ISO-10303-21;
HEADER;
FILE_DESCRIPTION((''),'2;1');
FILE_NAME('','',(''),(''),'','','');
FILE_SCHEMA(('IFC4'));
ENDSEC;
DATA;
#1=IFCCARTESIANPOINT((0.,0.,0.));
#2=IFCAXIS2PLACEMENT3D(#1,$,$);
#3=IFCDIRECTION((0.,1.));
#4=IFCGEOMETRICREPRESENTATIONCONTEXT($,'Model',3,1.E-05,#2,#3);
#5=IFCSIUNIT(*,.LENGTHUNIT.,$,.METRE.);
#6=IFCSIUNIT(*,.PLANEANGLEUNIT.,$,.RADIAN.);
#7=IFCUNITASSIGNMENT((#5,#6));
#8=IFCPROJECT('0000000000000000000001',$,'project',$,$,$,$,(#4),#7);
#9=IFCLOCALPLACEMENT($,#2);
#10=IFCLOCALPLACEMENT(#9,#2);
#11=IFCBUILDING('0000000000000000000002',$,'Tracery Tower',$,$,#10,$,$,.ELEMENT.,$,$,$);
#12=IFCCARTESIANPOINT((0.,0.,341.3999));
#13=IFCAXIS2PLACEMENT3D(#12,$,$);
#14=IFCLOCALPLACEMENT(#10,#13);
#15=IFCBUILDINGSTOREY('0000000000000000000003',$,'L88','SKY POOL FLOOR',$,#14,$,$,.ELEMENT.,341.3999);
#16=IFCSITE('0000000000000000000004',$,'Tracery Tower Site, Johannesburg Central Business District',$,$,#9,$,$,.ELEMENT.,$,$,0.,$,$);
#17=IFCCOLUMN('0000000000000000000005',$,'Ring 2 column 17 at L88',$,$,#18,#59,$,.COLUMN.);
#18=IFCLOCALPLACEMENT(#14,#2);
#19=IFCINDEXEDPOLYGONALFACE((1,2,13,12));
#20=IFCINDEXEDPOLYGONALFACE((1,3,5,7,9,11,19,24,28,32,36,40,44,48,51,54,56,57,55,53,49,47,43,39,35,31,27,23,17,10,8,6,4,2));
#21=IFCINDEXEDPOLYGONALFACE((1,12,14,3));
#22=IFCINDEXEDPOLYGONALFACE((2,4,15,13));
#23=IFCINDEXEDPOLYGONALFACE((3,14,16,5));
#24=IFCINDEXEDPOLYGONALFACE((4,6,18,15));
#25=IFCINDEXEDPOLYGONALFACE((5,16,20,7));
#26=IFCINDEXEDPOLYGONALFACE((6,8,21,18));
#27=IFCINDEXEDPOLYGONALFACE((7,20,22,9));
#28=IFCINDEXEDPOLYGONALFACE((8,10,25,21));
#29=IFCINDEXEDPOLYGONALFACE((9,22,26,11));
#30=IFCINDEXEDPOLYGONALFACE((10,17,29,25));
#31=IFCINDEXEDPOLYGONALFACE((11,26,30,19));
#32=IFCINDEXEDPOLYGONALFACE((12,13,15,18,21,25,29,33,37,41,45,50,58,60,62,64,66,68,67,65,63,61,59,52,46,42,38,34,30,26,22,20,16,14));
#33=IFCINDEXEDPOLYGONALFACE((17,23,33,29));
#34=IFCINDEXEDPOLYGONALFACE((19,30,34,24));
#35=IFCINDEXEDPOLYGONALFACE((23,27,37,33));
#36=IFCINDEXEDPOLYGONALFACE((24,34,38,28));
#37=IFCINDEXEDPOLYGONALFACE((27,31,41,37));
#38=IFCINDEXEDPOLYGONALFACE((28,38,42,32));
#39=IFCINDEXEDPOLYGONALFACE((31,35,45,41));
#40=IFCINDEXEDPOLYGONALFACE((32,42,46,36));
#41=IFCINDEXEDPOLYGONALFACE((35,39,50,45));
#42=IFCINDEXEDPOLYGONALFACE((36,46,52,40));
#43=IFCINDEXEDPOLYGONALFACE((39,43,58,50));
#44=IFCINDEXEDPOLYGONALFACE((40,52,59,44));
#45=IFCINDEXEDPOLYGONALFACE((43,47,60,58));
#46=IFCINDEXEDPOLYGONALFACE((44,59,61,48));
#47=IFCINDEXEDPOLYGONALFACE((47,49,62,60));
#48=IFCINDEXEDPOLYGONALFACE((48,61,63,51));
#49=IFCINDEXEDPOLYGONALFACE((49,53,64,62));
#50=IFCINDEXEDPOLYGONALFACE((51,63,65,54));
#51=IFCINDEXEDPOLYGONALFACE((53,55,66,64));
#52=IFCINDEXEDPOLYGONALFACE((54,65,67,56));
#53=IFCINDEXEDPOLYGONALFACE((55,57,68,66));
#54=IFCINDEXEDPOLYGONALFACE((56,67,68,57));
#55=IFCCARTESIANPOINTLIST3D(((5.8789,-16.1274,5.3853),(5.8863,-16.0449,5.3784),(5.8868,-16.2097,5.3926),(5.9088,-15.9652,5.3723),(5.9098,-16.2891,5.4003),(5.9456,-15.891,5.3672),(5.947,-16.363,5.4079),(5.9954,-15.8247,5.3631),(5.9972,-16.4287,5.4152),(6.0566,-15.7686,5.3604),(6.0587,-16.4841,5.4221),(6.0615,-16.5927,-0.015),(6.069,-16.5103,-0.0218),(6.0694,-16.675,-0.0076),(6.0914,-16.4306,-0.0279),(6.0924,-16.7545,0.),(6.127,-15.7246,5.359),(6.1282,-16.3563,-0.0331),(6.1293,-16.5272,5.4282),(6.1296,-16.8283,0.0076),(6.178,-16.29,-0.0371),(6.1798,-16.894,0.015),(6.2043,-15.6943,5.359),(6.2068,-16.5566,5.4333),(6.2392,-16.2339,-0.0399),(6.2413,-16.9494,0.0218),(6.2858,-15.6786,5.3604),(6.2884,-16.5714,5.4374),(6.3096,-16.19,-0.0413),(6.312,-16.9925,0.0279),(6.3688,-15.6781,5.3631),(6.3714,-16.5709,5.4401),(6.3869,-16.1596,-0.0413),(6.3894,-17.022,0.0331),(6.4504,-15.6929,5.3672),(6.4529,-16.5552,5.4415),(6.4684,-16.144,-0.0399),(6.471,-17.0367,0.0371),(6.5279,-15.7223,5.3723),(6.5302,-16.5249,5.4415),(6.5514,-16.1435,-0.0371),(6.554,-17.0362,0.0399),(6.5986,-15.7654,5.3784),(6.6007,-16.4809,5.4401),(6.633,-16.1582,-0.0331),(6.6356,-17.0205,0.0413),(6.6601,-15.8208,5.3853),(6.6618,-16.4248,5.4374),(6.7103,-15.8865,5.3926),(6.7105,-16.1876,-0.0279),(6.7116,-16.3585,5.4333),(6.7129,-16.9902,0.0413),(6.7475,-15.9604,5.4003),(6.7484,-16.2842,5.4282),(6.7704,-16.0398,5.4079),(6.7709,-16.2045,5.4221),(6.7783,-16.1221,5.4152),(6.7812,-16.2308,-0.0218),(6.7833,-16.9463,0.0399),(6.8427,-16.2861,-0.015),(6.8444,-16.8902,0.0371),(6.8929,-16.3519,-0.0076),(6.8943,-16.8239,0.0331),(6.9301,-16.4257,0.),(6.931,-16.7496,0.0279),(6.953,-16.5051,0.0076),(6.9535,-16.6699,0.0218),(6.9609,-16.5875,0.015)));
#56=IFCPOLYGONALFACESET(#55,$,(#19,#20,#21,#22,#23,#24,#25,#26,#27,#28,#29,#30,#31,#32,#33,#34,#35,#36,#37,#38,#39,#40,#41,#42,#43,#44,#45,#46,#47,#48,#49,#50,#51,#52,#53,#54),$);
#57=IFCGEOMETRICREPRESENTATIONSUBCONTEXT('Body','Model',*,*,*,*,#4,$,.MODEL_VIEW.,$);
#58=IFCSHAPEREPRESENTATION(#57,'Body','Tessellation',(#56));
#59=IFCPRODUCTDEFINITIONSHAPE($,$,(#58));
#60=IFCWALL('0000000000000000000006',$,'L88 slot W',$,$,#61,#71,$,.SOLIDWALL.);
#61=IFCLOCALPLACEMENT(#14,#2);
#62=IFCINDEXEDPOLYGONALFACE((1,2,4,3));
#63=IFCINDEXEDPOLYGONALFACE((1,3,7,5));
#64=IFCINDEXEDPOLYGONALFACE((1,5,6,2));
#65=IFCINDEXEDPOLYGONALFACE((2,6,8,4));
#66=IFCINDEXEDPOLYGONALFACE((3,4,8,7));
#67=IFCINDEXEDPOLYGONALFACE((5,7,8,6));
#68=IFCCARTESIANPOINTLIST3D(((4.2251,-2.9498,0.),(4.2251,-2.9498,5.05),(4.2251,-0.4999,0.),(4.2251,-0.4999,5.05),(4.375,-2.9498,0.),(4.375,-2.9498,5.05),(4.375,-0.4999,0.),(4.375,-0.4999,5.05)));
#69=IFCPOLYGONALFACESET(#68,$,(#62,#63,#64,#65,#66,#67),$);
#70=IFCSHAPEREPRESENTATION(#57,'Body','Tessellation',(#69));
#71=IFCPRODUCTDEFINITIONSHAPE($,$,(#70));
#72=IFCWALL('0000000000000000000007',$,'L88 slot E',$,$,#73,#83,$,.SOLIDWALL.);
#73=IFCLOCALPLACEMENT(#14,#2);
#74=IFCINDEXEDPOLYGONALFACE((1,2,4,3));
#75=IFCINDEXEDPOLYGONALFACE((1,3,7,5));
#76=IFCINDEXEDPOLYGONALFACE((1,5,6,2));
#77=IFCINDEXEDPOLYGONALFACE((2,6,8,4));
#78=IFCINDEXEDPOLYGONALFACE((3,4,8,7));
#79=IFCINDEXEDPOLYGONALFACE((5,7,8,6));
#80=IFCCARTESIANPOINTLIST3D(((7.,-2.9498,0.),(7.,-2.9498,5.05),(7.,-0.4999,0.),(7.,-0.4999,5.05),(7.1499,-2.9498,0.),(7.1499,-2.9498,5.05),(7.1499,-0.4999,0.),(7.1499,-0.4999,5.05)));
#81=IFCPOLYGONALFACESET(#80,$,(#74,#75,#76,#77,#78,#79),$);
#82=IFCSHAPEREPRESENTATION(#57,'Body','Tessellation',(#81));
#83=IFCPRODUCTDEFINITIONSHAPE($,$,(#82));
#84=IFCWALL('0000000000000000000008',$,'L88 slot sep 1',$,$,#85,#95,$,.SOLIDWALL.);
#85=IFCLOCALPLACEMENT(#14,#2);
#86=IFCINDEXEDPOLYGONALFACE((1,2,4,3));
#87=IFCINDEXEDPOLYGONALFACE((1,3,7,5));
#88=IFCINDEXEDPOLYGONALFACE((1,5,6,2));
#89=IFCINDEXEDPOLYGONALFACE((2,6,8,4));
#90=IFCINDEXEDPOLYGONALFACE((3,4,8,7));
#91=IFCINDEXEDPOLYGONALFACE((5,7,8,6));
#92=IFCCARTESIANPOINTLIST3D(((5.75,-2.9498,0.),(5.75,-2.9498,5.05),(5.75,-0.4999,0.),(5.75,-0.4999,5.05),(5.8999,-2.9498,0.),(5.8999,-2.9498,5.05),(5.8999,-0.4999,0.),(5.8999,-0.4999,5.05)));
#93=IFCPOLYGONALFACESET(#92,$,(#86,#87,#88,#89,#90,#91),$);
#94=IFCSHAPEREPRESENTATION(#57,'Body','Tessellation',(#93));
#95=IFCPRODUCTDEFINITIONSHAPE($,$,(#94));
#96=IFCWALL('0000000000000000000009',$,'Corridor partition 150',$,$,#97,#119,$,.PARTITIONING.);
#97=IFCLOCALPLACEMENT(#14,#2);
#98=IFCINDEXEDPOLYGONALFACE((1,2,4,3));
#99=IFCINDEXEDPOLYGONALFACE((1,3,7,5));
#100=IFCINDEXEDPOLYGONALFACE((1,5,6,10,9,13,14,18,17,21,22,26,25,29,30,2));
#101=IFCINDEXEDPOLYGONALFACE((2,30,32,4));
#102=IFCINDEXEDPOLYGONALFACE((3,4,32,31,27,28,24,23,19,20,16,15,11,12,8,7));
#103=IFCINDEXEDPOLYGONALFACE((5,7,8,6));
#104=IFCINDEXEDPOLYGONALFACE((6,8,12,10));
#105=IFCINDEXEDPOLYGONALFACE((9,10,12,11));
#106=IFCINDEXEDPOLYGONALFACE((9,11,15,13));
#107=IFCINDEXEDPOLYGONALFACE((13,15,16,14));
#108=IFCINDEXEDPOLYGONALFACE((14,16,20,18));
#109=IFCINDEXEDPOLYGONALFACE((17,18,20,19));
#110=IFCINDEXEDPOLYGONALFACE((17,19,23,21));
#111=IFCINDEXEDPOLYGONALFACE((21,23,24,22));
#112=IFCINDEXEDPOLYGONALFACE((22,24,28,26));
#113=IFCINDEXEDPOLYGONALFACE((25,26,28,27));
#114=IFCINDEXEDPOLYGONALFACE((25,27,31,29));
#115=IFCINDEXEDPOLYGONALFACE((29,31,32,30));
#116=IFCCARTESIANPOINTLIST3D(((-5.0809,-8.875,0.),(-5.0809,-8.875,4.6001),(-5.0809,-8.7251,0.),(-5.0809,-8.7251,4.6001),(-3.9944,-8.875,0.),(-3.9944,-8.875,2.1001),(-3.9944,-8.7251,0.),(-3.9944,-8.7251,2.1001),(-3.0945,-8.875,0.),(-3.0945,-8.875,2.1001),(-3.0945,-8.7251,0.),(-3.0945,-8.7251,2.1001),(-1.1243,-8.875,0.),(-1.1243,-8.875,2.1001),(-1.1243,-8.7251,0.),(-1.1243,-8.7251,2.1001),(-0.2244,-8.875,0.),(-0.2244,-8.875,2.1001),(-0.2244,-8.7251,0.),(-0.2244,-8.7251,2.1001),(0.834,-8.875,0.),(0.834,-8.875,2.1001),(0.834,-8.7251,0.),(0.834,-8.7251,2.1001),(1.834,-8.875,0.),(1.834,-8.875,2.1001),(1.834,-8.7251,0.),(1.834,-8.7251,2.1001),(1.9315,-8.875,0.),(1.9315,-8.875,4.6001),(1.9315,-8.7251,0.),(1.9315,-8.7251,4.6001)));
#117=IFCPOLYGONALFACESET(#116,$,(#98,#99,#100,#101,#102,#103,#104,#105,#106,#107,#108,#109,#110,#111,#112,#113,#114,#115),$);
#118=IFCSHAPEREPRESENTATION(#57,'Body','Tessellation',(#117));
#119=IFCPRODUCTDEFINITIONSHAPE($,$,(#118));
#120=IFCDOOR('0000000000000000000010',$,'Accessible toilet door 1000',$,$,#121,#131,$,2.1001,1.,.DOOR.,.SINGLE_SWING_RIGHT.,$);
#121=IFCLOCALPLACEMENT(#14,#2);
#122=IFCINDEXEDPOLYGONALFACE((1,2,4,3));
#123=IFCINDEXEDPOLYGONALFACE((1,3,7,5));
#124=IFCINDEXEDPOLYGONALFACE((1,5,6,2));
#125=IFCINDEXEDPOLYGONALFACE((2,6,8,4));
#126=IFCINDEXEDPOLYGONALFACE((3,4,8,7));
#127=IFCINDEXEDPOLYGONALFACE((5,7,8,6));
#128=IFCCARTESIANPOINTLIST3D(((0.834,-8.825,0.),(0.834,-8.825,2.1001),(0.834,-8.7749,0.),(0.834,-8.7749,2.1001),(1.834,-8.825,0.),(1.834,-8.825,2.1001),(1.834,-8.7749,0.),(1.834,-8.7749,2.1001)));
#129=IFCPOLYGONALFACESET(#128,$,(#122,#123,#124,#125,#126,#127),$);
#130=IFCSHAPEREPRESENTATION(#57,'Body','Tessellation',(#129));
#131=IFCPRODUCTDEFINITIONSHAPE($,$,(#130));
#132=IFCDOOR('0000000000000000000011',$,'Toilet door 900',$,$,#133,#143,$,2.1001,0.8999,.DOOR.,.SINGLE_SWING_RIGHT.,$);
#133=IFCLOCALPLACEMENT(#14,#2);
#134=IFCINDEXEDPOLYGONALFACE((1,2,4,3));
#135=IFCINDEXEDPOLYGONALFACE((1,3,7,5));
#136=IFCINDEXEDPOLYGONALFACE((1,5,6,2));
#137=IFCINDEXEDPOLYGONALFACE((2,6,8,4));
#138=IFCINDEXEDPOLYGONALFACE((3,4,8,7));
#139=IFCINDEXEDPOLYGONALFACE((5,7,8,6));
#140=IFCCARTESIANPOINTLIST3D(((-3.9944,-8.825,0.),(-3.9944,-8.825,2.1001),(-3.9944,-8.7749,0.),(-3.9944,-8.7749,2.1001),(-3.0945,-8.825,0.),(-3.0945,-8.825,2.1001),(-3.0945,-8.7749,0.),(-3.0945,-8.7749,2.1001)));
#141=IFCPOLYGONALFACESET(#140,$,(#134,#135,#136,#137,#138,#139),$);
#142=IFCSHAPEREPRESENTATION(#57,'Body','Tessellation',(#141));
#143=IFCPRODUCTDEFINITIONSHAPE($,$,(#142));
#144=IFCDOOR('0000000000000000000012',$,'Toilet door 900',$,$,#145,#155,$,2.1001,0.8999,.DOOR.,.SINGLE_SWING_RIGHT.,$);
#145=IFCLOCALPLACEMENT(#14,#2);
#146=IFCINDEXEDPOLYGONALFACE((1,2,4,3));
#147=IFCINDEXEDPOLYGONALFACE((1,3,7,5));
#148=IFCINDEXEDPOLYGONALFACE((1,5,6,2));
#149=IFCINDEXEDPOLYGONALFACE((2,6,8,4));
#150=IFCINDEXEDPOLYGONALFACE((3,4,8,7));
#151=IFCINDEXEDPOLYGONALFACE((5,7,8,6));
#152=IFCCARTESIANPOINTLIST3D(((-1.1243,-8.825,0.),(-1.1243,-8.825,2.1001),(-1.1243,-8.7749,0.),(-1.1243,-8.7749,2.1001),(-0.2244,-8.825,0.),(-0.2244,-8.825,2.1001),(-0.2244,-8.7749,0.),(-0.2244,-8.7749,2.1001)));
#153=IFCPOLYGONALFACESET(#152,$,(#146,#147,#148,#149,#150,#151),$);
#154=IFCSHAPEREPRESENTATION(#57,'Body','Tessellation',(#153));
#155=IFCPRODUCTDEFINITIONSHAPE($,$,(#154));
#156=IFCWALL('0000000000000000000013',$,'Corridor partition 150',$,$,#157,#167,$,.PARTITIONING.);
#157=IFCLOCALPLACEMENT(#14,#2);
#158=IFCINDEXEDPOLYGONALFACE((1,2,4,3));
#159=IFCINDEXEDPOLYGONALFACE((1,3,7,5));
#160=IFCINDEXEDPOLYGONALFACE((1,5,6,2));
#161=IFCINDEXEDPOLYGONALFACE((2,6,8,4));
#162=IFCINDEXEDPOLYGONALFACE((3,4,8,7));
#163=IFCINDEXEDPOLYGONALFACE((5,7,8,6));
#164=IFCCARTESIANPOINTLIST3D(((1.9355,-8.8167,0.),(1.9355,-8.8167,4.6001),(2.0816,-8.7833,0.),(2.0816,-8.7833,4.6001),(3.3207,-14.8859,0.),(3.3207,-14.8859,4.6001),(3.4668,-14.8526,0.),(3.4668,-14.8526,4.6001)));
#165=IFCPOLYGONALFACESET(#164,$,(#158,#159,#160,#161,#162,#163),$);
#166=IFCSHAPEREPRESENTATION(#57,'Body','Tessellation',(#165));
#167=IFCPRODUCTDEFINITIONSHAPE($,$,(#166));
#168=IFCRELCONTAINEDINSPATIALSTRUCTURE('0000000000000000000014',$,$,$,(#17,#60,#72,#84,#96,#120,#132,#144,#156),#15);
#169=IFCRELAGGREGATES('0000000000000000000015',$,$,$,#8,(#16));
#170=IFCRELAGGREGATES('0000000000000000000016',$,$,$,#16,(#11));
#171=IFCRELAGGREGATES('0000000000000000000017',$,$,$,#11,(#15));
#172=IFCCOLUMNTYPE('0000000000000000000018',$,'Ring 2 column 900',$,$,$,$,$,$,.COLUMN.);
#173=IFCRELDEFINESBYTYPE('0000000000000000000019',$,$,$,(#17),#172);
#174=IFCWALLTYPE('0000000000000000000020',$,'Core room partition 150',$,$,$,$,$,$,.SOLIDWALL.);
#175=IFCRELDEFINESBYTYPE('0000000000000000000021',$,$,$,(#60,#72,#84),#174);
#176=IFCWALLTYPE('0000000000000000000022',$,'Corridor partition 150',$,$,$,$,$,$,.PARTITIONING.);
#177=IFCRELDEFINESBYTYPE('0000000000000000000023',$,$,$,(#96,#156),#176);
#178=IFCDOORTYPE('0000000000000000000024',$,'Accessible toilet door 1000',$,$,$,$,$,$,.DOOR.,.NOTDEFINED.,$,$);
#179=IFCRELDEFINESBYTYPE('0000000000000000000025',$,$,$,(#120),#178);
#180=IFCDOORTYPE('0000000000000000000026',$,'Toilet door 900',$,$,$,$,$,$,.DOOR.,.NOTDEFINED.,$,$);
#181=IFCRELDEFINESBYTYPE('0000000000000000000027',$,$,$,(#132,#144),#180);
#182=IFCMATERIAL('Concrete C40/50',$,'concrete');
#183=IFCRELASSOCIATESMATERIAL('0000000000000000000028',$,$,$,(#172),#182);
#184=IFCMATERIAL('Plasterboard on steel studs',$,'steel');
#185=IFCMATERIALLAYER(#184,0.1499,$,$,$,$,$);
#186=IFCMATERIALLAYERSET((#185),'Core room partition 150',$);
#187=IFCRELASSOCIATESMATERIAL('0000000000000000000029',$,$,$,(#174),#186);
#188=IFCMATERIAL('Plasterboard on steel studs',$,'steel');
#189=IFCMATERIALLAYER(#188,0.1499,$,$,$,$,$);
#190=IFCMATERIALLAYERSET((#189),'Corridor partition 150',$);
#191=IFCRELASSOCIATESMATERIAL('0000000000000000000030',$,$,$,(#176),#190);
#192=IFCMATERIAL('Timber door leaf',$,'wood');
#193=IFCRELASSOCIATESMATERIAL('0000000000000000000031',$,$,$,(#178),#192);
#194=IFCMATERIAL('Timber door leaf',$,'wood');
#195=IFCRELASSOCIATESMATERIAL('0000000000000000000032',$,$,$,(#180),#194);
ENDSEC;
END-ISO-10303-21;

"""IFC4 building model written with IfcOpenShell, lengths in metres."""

from ifc_helpers import new_model, si_unit, direction, frame, frame_2d, origin, origin_2d, place, context, subcontext, project, spatial, rectangle, circle, extrude, material, layer, layer_set, material_profile, profile_set, type_object, element, fill, save


model = new_model("IFC4")

# Units and contexts
model_context = context("Model", 3, precision=1e-05, world=origin(), true_north=direction((0.0, 1.0)))
body_context = subcontext(model_context, "Body", "Model", "MODEL_VIEW")
ifc_project = project(units=[si_unit("LENGTHUNIT", "METRE"), si_unit("PLANEANGLEUNIT", "RADIAN")], contexts=[model_context])

# Site, building, storey
site_placement = place(None, origin())
site = spatial("IfcSite", under=ifc_project, at=site_placement, Name="Tracery Tower Site, Johannesburg Central Business District", CompositionType="ELEMENT", RefElevation=0.0)
building_placement = place(site_placement, origin())
building = spatial("IfcBuilding", under=site, at=building_placement, Name="Tracery Tower", CompositionType="ELEMENT")
storey_placement = place(building_placement, frame((0.0, 0.0, 341.3999)))
storey = spatial("IfcBuildingStorey", under=building, at=storey_placement, Name="L88", Description="SKY POOL FLOOR", CompositionType="ELEMENT", Elevation=341.3999)

# Column
ifc_material_1 = material(Name="Concrete C40/50", Category="concrete")
ifc_material_profile = material_profile(ifc_material_1, circle(Radius=0.45, at=origin_2d()), Name="RC D900")
ifc_profile_set = profile_set([ifc_material_profile], Name="Concrete C40/50")
column_type = type_object("IfcColumnType", Name="Ring 2 column 900", PredefinedType="COLUMN", material=ifc_profile_set)
column_placement = place(storey_placement, frame((6.5112, -16.5901, 0.0), z_axis=(-0.033673, 0.085803, 0.995743), x_axis=(-0.930882, -0.36532, 0.0)))
element("IfcColumn", 1, at=column_placement, inside=storey, type_object=column_type, Name="Ring 2 column 17 at L88", PredefinedType="COLUMN", context=body_context, shape_type="SweptSolid", body=[
    extrude(circle(Radius=0.45, at=origin_2d()), origin(), (0.0, 0.0, 1.0), 5.4233),
])

# Walls
ifc_material_2 = material(Name="Plasterboard on steel studs", Category="steel")
ifc_layer_1 = layer(ifc_material_2, 0.1499)
ifc_layer_set_1 = layer_set([ifc_layer_1], Name="Core room partition 150")
wall_type_1 = type_object("IfcWallType", Name="Core room partition 150", PredefinedType="SOLIDWALL", material=ifc_layer_set_1)
for number, where, z_axis, x_axis, name in (
    (2, (4.3, -2.95, 0.0), (0.0, 0.0, 1.0), (0.0, 1.0, 0.0), "L88 slot W"),
    (3, (7.075, -2.95, 0.0), (0.0, 0.0, 1.0), (0.0, 1.0, 0.0), "L88 slot E"),
    (4, (5.825, -2.95, 0.0), (0.0, 0.0, 1.0), (0.0, 1.0, 0.0), "L88 slot sep 1"),
):
    element("IfcWall", number, at=place(storey_placement, frame(where, z_axis=z_axis, x_axis=x_axis)), inside=storey, type_object=wall_type_1, Name=name, PredefinedType="SOLIDWALL", context=body_context, shape_type="SweptSolid", body=[
        extrude(rectangle(XDim=2.45, YDim=0.1499, at=frame_2d((1.2251, 0.0))), origin(), (0.0, 0.0, 1.0), 5.05),
    ])

# Wall, openings, doors
ifc_material_3 = material(Name="Plasterboard on steel studs", Category="steel")
ifc_layer_2 = layer(ifc_material_3, 0.1499)
ifc_layer_set_2 = layer_set([ifc_layer_2], Name="Corridor partition 150")
wall_type_2 = type_object("IfcWallType", Name="Corridor partition 150", PredefinedType="PARTITIONING", material=ifc_layer_set_2)
wall_1_placement = place(storey_placement, frame((1.9316, -8.8, 0.0), z_axis=(0.0, 0.0, 1.0), x_axis=(-1.0, 0.0, 0.0)))
wall_1 = element("IfcWall", 5, at=wall_1_placement, inside=storey, type_object=wall_type_2, Name="Corridor partition 150", PredefinedType="PARTITIONING", context=body_context, shape_type="SweptSolid", body=[
    extrude(rectangle(XDim=7.0125, YDim=0.1499, at=frame_2d((3.5063, 0.0))), origin(), (0.0, 0.0, 1.0), 4.6001),
])
opening_1_placement = place(wall_1_placement, frame((5.0261, 0.0, 0.0)))
opening_1 = element("IfcOpeningElement", 6, at=opening_1_placement, cuts=wall_1, PredefinedType="OPENING", context=body_context, shape_type="SweptSolid", body=[
    extrude(rectangle(XDim=0.8999, YDim=2.1001, at=frame_2d((0.45, 1.05))), frame((0.0, 0.075, 0.0), z_axis=(0.0, -1.0, 0.0), x_axis=(1.0, 0.0, 0.0)), (0.0, 0.0, 1.0), 0.1499),
])
opening_2_placement = place(wall_1_placement, frame((2.156, 0.0, 0.0)))
opening_2 = element("IfcOpeningElement", 7, at=opening_2_placement, cuts=wall_1, PredefinedType="OPENING", context=body_context, shape_type="SweptSolid", body=[
    extrude(rectangle(XDim=0.8999, YDim=2.1001, at=frame_2d((0.45, 1.05))), frame((0.0, 0.075, 0.0), z_axis=(0.0, -1.0, 0.0), x_axis=(1.0, 0.0, 0.0)), (0.0, 0.0, 1.0), 0.1499),
])
opening_3_placement = place(wall_1_placement, frame((0.0977, 0.0, 0.0)))
opening_3 = element("IfcOpeningElement", 8, at=opening_3_placement, cuts=wall_1, PredefinedType="OPENING", context=body_context, shape_type="SweptSolid", body=[
    extrude(rectangle(XDim=1.0, YDim=2.1001, at=frame_2d((0.5, 1.05))), frame((0.0, 0.075, 0.0), z_axis=(0.0, -1.0, 0.0), x_axis=(1.0, 0.0, 0.0)), (0.0, 0.0, 1.0), 0.1499),
])
ifc_material_4 = material(Name="Timber door leaf", Category="wood")
door_type_1 = type_object("IfcDoorType", Name="Accessible toilet door 1000", OperationType="NOTDEFINED", PredefinedType="DOOR", material=ifc_material_4)
door_1_placement = place(opening_3_placement, origin())
door_1 = element("IfcDoor", 9, at=door_1_placement, inside=storey, type_object=door_type_1, Name="Accessible toilet door 1000", OperationType="SINGLE_SWING_RIGHT", OverallHeight=2.1001, OverallWidth=1.0, PredefinedType="DOOR", context=body_context, shape_type="SweptSolid", body=[
    extrude(rectangle(XDim=1.0, YDim=2.1001, at=frame_2d((0.5, 1.05))), frame((0.0, 0.0249, 0.0), z_axis=(0.0, -1.0, 0.0), x_axis=(1.0, 0.0, 0.0)), (0.0, 0.0, 1.0), 0.05),
])
fill(opening_3, door_1)
ifc_material_5 = material(Name="Timber door leaf", Category="wood")
door_type_2 = type_object("IfcDoorType", Name="Toilet door 900", OperationType="NOTDEFINED", PredefinedType="DOOR", material=ifc_material_5)
door_2_placement = place(opening_1_placement, origin())
door_2 = element("IfcDoor", 10, at=door_2_placement, inside=storey, type_object=door_type_2, Name="Toilet door 900", OperationType="SINGLE_SWING_RIGHT", OverallHeight=2.1001, OverallWidth=0.8999, PredefinedType="DOOR", context=body_context, shape_type="SweptSolid", body=[
    extrude(rectangle(XDim=0.8999, YDim=2.1001, at=frame_2d((0.45, 1.05))), frame((0.0, 0.0249, 0.0), z_axis=(0.0, -1.0, 0.0), x_axis=(1.0, 0.0, 0.0)), (0.0, 0.0, 1.0), 0.05),
])
fill(opening_1, door_2)
door_3_placement = place(opening_2_placement, origin())
door_3 = element("IfcDoor", 11, at=door_3_placement, inside=storey, type_object=door_type_2, Name="Toilet door 900", OperationType="SINGLE_SWING_RIGHT", OverallHeight=2.1001, OverallWidth=0.8999, PredefinedType="DOOR", context=body_context, shape_type="SweptSolid", body=[
    extrude(rectangle(XDim=0.8999, YDim=2.1001, at=frame_2d((0.45, 1.05))), frame((0.0, 0.0249, 0.0), z_axis=(0.0, -1.0, 0.0), x_axis=(1.0, 0.0, 0.0)), (0.0, 0.0, 1.0), 0.05),
])
fill(opening_2, door_3)

# Wall
wall_2_placement = place(storey_placement, frame((3.3938, -14.8694, 0.0), z_axis=(0.0, 0.0, 1.0), x_axis=(-0.222516, 0.974929, 0.0)))
element("IfcWall", 12, at=wall_2_placement, inside=storey, type_object=wall_type_2, Name="Corridor partition 150", PredefinedType="PARTITIONING", context=body_context, shape_type="SweptSolid", body=[
    extrude(rectangle(XDim=6.2253, YDim=0.1499, at=frame_2d((3.1128, 0.0))), origin(), (0.0, 0.0, 1.0), 4.6001),
])

save(model, "model.ifc")
